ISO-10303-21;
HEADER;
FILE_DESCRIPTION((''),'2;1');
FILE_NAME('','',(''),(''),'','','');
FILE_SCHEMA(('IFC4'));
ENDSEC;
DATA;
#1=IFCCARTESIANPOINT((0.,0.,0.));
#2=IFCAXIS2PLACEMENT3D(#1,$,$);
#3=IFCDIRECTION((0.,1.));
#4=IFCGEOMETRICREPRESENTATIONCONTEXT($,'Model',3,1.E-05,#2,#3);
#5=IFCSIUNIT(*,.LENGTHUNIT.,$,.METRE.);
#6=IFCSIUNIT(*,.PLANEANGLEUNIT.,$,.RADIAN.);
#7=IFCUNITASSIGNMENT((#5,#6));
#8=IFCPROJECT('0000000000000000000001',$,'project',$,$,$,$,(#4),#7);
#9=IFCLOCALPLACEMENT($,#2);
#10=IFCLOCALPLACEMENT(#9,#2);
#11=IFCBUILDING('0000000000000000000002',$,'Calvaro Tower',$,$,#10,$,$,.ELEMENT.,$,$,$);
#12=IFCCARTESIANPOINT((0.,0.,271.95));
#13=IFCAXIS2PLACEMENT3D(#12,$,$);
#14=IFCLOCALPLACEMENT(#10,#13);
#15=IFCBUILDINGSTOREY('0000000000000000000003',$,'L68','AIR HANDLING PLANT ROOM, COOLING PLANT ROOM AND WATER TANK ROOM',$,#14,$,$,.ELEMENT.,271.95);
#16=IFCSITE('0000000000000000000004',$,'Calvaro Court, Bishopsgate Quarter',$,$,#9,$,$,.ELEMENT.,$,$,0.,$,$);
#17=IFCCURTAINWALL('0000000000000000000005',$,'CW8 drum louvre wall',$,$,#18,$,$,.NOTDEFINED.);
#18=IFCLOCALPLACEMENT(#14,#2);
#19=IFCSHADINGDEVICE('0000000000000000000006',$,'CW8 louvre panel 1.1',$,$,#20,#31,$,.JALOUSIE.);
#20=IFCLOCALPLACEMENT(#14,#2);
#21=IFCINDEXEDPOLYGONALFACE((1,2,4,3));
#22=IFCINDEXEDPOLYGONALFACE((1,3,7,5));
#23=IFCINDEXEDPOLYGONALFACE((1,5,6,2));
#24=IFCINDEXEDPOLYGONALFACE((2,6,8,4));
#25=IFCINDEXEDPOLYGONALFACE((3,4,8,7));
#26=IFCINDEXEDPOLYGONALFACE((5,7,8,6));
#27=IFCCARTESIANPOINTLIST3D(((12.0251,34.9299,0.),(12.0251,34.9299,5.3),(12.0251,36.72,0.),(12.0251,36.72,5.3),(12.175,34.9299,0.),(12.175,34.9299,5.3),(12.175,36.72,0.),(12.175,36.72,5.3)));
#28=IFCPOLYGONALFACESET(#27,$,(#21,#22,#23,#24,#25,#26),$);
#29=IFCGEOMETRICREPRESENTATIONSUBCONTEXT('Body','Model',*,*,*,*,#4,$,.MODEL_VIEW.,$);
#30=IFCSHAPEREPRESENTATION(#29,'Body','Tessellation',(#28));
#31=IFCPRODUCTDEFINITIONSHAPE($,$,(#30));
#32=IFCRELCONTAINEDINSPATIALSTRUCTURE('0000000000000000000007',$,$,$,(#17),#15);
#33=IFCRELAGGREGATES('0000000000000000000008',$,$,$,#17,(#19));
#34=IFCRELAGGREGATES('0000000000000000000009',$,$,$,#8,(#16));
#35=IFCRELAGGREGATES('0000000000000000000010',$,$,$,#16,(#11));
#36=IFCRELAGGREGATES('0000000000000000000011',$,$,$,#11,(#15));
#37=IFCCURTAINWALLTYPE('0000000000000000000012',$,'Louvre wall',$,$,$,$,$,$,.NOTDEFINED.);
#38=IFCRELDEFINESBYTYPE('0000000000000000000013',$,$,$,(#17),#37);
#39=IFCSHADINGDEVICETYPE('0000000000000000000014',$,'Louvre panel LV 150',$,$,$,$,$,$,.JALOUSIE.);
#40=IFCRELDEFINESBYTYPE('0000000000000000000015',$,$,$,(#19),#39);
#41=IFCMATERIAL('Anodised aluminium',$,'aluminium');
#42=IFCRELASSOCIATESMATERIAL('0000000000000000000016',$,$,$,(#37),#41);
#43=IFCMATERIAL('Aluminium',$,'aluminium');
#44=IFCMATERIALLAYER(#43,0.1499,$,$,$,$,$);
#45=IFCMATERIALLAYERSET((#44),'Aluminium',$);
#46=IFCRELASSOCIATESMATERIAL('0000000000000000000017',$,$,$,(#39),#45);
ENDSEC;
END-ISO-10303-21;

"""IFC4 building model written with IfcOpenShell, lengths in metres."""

from ifc_helpers import new_model, si_unit, direction, frame, origin, origin_2d, place, context, subcontext, project, spatial, rectangle, extrude, material, layer, layer_set, type_object, element, aggregate, save


model = new_model("IFC4")

# Units and contexts
model_context = context("Model", 3, precision=1e-05, world=origin(), true_north=direction((0.0, 1.0)))
body_context = subcontext(model_context, "Body", "Model", "MODEL_VIEW")
ifc_project = project(units=[si_unit("LENGTHUNIT", "METRE"), si_unit("PLANEANGLEUNIT", "RADIAN")], contexts=[model_context])

# Site, building, storey
site_placement = place(None, origin())
site = spatial("IfcSite", under=ifc_project, at=site_placement, Name="Calvaro Court, Bishopsgate Quarter", CompositionType="ELEMENT", RefElevation=0.0)
building_placement = place(site_placement, origin())
building = spatial("IfcBuilding", under=site, at=building_placement, Name="Calvaro Tower", CompositionType="ELEMENT")
storey_placement = place(building_placement, frame((0.0, 0.0, 271.95)))
storey = spatial("IfcBuildingStorey", under=building, at=storey_placement, Name="L68", Description="AIR HANDLING PLANT ROOM, COOLING PLANT ROOM AND WATER TANK ROOM", CompositionType="ELEMENT", Elevation=271.95)

# Shared definitions
ifc_material_1 = material(Name="Anodised aluminium", Category="aluminium")
curtain_wall_type = type_object("IfcCurtainWallType", Name="Louvre wall", PredefinedType="NOTDEFINED", material=ifc_material_1)

# Curtain wall
curtain_wall_1_placement = place(storey_placement, origin())
curtain_wall_1 = element("IfcCurtainWall", 1, at=curtain_wall_1_placement, inside=storey, type_object=curtain_wall_type, Name="CW8 drum louvre wall", PredefinedType="NOTDEFINED")

# Shading device
ifc_material_2 = material(Name="Aluminium", Category="aluminium")
ifc_layer_1 = layer(ifc_material_2, 0.1499)
ifc_layer_set_1 = layer_set([ifc_layer_1], Name="Aluminium")
shading_device_type = type_object("IfcShadingDeviceType", Name="Louvre panel LV 150", PredefinedType="JALOUSIE", material=ifc_layer_set_1)
shading_device_1_placement = place(storey_placement, frame((12.1001, 35.825, 0.0), z_axis=(0.0, 0.0, 1.0), x_axis=(0.0, 1.0, 0.0)))
shading_device_1 = element("IfcShadingDevice", 2, at=shading_device_1_placement, type_object=shading_device_type, Name="CW8 louvre panel 1.1", PredefinedType="JALOUSIE", context=body_context, shape_type="SweptSolid", body=[
    extrude(rectangle(XDim=1.79, YDim=0.1499, at=origin_2d()), origin(), (0.0, 0.0, 1.0), 5.3),
])
aggregate(curtain_wall_1, [shading_device_1])

save(model, "model.ifc")
